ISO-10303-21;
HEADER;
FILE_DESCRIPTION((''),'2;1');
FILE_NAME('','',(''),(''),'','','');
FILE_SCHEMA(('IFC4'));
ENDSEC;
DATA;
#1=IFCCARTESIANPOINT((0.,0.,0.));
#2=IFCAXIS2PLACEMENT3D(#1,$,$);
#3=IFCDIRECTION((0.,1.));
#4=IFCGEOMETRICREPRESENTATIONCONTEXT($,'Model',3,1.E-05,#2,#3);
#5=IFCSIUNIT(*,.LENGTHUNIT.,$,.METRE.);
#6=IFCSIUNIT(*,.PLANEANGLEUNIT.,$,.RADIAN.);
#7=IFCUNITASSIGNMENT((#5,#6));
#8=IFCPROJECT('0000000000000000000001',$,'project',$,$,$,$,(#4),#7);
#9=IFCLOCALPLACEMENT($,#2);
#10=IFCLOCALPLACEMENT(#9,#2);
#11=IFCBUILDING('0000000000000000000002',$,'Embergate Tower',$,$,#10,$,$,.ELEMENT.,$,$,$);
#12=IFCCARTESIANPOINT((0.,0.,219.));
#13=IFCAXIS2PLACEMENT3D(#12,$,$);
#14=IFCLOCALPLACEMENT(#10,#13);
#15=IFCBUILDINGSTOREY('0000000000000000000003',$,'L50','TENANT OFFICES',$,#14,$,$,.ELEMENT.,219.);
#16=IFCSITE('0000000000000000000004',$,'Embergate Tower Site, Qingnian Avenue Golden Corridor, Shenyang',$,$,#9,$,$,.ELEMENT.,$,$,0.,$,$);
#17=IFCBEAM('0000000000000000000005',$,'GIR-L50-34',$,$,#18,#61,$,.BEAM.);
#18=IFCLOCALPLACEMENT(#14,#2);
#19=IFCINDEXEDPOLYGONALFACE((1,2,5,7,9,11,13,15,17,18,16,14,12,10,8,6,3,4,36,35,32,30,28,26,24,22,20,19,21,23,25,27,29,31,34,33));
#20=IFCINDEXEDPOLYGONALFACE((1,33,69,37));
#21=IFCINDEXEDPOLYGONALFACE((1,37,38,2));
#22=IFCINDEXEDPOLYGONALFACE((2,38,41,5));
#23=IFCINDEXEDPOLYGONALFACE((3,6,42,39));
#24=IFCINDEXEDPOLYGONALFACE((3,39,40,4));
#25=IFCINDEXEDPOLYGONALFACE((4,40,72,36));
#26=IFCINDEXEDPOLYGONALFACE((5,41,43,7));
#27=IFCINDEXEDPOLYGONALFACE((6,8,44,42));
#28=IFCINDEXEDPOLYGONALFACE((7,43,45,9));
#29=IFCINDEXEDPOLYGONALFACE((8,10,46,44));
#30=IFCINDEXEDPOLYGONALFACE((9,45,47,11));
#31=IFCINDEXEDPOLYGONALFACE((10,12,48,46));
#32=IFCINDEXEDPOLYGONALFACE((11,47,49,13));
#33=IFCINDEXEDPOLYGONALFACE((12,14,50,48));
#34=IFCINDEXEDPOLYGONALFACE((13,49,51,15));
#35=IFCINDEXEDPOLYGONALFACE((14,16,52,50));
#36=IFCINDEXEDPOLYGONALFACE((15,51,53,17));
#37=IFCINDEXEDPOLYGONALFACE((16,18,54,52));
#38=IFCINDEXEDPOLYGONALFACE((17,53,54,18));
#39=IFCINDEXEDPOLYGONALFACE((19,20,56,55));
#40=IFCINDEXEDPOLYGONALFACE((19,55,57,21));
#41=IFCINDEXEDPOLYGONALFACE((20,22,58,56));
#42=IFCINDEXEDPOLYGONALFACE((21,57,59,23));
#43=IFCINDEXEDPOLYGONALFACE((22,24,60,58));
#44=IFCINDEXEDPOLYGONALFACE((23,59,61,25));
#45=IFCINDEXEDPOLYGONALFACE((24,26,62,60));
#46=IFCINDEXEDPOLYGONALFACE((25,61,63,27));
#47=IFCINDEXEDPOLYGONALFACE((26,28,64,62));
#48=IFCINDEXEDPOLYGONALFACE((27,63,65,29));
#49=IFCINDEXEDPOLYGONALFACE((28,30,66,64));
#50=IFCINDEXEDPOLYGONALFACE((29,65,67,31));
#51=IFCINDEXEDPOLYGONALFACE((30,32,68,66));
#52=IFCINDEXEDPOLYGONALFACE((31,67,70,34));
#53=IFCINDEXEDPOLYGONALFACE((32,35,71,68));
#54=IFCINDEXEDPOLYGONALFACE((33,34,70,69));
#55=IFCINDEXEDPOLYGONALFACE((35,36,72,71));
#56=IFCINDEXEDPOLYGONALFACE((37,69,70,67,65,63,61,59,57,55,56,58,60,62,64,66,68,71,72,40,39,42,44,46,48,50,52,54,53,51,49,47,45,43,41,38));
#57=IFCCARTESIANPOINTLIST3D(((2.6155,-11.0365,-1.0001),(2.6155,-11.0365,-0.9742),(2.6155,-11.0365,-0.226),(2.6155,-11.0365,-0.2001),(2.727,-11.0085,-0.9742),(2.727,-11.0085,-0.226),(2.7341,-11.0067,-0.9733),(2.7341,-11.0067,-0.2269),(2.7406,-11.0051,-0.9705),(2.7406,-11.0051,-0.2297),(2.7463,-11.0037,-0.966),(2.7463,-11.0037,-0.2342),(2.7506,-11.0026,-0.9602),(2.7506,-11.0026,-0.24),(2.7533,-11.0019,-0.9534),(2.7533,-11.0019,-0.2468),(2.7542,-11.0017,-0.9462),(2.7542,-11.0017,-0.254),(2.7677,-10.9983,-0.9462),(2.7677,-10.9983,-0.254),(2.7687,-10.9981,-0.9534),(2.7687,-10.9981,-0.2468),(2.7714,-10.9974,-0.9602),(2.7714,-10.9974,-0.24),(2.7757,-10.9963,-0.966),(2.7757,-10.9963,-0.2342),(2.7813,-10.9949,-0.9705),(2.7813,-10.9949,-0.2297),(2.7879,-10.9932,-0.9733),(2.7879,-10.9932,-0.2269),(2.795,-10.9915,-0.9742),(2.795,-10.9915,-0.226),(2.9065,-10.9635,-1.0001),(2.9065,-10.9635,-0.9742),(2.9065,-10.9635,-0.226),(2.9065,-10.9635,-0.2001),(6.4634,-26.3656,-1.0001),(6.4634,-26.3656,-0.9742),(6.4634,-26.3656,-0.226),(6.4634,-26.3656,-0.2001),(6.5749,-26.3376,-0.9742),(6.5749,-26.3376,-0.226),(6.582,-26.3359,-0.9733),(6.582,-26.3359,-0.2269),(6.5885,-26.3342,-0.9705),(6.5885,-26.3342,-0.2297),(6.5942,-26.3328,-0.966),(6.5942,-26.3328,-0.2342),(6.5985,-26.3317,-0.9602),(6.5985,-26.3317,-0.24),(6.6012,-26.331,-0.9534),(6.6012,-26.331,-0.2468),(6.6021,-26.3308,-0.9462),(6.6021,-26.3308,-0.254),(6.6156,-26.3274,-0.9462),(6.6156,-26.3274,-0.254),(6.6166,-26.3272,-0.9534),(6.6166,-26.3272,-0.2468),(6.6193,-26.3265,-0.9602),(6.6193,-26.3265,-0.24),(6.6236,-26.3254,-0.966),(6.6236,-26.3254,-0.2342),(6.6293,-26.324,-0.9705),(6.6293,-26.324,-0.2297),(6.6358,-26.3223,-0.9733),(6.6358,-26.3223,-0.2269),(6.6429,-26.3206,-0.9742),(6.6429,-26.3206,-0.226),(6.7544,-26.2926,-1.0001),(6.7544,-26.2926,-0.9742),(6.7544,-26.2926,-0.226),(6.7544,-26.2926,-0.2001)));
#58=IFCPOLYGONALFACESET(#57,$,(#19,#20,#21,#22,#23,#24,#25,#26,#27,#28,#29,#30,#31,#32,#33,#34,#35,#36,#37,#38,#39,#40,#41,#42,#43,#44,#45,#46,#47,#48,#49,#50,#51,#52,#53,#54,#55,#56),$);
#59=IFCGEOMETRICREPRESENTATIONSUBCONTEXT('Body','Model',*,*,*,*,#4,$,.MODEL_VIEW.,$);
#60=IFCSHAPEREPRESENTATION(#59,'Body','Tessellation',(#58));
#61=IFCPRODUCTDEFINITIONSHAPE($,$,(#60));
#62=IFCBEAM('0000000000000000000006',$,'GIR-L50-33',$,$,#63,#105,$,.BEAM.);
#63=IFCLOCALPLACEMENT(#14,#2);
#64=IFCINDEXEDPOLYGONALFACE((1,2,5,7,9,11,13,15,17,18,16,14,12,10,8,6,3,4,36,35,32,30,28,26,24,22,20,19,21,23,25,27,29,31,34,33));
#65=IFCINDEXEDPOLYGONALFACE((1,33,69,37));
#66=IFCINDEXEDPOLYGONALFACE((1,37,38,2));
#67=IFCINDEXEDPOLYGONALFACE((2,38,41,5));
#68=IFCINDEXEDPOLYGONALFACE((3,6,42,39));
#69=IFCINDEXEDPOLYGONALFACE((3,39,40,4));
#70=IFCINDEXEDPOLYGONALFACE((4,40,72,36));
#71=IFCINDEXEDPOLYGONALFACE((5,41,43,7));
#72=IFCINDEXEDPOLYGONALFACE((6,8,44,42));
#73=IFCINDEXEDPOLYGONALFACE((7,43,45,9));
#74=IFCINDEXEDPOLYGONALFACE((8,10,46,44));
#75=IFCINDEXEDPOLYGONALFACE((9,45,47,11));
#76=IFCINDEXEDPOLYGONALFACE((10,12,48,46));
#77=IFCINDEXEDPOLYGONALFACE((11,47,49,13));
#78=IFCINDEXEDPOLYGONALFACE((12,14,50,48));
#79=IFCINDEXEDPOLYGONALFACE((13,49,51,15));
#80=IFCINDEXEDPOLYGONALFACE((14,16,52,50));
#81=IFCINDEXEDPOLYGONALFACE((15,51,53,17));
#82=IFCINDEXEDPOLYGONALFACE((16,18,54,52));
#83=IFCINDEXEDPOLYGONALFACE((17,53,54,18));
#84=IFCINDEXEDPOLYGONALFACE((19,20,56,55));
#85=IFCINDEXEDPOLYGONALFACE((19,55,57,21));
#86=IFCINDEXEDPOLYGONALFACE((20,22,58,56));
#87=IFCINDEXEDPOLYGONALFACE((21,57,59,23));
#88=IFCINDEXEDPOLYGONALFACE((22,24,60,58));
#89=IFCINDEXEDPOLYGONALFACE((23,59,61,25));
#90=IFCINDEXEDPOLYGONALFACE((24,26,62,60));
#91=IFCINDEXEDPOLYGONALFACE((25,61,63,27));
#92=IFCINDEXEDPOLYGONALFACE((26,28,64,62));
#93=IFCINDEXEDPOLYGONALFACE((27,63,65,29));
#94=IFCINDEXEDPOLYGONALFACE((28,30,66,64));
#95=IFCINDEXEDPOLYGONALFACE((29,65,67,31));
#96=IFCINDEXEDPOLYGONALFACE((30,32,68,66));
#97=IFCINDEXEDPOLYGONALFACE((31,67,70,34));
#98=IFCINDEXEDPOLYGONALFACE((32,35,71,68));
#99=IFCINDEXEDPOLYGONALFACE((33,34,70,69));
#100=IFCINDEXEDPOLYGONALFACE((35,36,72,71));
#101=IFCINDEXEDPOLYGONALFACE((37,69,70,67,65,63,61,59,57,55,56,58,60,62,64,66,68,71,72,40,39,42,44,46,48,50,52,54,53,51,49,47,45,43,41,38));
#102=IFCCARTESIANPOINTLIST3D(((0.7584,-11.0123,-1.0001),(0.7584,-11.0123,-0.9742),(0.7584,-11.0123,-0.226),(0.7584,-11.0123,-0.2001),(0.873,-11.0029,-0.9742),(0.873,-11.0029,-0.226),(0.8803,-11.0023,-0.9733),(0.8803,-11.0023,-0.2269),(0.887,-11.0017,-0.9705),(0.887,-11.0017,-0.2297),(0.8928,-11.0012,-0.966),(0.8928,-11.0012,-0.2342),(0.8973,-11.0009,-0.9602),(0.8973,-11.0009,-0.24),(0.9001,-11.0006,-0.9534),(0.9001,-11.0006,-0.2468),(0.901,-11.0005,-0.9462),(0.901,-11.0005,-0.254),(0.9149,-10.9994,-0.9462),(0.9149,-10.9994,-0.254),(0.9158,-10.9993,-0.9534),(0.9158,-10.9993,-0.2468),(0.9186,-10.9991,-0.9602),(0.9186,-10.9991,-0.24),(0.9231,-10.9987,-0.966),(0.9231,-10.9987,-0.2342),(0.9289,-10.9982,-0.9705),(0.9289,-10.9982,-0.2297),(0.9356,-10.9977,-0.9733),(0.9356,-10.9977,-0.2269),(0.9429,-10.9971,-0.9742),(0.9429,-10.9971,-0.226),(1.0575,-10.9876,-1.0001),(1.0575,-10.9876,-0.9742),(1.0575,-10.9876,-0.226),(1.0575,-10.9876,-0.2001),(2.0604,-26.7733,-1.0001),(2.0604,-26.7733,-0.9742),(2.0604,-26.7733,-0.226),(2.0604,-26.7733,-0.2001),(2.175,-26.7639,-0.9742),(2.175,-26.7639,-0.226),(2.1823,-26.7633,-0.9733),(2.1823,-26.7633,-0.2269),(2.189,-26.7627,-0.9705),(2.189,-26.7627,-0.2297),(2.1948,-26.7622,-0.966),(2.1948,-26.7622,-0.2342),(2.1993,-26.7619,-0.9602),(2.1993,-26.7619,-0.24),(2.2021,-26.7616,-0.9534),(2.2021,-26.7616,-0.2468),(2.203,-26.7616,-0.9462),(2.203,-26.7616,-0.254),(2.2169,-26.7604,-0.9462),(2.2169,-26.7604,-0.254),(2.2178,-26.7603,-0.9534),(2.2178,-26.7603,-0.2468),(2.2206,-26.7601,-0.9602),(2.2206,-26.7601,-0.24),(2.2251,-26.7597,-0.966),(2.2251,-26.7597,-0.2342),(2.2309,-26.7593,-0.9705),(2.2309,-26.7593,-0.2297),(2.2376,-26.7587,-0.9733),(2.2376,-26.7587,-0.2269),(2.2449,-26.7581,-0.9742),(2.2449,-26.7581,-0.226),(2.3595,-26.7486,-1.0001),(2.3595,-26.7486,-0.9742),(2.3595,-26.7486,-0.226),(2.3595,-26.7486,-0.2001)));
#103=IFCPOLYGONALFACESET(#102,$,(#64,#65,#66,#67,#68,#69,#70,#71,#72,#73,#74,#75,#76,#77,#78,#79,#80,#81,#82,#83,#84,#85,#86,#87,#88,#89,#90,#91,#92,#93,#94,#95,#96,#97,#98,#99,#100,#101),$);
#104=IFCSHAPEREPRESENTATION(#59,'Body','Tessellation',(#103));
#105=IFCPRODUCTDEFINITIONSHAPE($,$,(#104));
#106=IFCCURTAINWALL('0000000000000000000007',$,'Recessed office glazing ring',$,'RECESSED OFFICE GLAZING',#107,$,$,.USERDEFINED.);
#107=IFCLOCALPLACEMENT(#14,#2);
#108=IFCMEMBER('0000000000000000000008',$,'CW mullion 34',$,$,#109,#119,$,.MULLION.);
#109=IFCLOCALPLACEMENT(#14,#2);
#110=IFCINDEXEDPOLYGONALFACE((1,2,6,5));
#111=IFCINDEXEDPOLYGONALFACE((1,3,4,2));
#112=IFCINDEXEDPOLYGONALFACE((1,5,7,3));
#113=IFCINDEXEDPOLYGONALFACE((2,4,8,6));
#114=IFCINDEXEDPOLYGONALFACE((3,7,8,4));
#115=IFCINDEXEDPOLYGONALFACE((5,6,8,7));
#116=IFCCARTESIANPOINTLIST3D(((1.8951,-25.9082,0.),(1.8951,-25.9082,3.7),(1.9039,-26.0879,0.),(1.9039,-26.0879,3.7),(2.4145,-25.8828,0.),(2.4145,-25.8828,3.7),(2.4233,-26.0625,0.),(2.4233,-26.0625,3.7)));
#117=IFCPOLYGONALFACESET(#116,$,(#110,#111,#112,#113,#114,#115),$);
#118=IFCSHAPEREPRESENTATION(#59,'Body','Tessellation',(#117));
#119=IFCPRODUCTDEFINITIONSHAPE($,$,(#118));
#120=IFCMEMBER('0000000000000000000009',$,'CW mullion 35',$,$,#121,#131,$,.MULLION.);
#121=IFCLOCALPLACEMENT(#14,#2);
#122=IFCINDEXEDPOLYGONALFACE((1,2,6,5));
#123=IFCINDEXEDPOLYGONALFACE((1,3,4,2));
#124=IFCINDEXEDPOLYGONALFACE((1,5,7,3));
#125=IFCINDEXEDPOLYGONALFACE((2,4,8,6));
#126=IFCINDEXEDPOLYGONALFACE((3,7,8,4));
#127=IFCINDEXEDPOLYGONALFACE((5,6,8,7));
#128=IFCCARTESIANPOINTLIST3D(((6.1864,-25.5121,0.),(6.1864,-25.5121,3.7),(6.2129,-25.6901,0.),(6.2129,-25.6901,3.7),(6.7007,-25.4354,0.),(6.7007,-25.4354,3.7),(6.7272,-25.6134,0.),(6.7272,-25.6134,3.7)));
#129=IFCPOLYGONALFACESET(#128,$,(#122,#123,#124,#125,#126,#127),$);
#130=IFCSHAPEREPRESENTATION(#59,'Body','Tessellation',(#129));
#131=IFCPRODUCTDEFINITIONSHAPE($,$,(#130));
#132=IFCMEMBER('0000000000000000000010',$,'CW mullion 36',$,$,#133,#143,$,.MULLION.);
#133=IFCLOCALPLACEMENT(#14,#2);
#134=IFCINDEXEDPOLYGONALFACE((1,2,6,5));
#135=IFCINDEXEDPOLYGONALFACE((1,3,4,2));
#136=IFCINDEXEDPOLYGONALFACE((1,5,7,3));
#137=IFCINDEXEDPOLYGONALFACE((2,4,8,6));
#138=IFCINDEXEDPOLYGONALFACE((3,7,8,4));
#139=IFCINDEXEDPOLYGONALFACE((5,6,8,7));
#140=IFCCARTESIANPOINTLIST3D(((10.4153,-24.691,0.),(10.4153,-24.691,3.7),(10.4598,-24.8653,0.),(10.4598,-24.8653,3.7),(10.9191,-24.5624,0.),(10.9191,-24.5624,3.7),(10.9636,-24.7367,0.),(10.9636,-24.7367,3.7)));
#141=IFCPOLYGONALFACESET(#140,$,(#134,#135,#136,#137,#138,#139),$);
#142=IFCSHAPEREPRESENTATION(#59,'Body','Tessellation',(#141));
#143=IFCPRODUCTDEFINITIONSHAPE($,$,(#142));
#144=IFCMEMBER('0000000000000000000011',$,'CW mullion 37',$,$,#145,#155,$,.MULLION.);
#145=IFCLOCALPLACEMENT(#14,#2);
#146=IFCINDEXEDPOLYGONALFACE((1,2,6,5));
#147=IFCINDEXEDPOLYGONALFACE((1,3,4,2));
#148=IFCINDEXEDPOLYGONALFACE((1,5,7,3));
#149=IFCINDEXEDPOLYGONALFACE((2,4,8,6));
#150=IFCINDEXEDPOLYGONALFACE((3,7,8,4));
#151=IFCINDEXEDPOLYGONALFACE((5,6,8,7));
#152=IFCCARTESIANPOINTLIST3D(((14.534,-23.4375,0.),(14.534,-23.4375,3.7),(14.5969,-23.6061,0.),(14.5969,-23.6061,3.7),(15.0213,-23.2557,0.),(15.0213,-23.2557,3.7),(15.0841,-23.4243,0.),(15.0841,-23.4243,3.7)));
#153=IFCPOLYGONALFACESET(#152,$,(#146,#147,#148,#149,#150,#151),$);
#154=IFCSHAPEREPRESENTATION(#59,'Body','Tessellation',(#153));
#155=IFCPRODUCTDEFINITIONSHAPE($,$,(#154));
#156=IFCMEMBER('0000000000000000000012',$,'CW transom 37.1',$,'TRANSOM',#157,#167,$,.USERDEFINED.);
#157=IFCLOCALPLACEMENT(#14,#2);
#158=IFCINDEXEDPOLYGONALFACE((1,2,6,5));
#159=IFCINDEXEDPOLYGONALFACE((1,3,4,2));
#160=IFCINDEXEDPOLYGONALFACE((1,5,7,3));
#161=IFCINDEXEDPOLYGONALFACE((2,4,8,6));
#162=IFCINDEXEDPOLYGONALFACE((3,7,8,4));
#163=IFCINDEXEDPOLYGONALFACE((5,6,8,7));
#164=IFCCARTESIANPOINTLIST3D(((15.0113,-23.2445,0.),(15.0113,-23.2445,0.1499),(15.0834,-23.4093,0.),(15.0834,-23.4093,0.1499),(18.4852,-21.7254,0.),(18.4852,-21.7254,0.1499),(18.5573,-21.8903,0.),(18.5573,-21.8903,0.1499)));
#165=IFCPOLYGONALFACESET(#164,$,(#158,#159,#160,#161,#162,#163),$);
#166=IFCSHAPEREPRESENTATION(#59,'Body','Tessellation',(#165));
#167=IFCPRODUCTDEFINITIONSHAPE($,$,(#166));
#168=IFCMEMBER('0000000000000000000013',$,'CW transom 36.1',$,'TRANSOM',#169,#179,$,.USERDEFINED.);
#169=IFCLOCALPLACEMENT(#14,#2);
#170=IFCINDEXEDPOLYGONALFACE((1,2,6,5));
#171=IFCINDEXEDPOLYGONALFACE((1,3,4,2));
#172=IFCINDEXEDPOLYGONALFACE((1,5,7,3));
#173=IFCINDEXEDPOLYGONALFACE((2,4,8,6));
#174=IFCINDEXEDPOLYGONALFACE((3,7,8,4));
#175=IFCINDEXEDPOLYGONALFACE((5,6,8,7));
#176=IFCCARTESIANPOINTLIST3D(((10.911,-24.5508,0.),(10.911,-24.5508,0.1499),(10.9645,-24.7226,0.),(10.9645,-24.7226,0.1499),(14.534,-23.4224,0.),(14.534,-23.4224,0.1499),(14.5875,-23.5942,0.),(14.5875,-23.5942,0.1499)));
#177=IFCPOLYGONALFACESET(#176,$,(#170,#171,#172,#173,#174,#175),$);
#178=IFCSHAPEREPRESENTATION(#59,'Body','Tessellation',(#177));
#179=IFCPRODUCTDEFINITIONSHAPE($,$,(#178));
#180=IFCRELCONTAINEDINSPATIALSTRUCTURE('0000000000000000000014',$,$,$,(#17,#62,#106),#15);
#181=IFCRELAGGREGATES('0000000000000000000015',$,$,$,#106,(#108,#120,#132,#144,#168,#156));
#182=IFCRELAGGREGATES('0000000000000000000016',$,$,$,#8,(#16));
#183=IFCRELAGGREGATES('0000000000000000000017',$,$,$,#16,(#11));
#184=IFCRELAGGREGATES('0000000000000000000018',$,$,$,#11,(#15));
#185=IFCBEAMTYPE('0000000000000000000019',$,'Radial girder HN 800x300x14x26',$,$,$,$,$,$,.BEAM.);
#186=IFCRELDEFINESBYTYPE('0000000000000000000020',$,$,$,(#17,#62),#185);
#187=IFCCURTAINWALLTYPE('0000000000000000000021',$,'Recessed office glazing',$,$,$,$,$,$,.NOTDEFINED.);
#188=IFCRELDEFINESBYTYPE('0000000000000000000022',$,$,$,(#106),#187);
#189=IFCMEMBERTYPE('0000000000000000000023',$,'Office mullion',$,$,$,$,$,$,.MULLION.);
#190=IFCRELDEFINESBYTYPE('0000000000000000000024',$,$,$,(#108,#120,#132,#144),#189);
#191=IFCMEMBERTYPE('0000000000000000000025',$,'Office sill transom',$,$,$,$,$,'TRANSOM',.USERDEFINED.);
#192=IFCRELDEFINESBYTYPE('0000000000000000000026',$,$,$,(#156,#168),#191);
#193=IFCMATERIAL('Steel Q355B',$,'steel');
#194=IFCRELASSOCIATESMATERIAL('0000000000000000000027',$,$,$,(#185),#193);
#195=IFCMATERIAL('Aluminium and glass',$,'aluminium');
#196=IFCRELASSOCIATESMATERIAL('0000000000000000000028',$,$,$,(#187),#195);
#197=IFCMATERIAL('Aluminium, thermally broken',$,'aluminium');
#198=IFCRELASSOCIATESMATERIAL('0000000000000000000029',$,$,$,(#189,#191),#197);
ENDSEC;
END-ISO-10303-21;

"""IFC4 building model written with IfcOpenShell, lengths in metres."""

from ifc_helpers import new_model, si_unit, direction, frame, origin, origin_2d, place, context, subcontext, project, spatial, rectangle, i_section, extrude, source, transform, mapped, material, material_profile, profile_set, type_object, element, aggregate, save


model = new_model("IFC4")

# Units and contexts
model_context = context("Model", 3, precision=1e-05, world=origin(), true_north=direction((0.0, 1.0)))
body_context = subcontext(model_context, "Body", "Model", "MODEL_VIEW")
ifc_project = project(units=[si_unit("LENGTHUNIT", "METRE"), si_unit("PLANEANGLEUNIT", "RADIAN")], contexts=[model_context])

# Site, building, storey
site_placement = place(None, origin())
site = spatial("IfcSite", under=ifc_project, at=site_placement, Name="Embergate Tower Site, Qingnian Avenue Golden Corridor, Shenyang", CompositionType="ELEMENT", RefElevation=0.0)
building_placement = place(site_placement, origin())
building = spatial("IfcBuilding", under=site, at=building_placement, Name="Embergate Tower", CompositionType="ELEMENT")
storey_placement = place(building_placement, frame((0.0, 0.0, 219.0)))
storey = spatial("IfcBuildingStorey", under=building, at=storey_placement, Name="L50", Description="TENANT OFFICES", CompositionType="ELEMENT", Elevation=219.0)

# Beams
ifc_material_1 = material(Name="Steel Q355B", Category="steel")
ifc_material_profile_1 = material_profile(ifc_material_1, i_section(OverallWidth=0.3, OverallDepth=0.8, WebThickness=0.0139, FlangeThickness=0.0259, FilletRadius=0.0281, at=origin_2d()), Name="HN 800x300x14x26")
ifc_profile_set_1 = profile_set([ifc_material_profile_1], Name="Steel Q355 grade B")
beam_type_1 = type_object("IfcBeamType", Name="Radial girder HN 800x300x14x26", PredefinedType="BEAM", material=ifc_profile_set_1)
shared_shape_1 = source(origin(), body_context, "Body", "SweptSolid", [
    extrude(i_section(OverallWidth=0.3, OverallDepth=0.8, WebThickness=0.0139, FlangeThickness=0.0259, FilletRadius=0.0281, at=origin_2d()), origin(), (0.0, 0.0, 1.0), 15.8047),
])
beam_1_placement = place(storey_placement, frame((6.6089, -26.3291, -0.6001), z_axis=(-0.243466, 0.969909, 0.0), x_axis=(-0.969909, -0.243466, 0.0)))
element("IfcBeam", 1, at=beam_1_placement, inside=storey, type_object=beam_type_1, Name="GIR-L50-34", PredefinedType="BEAM", context=body_context, shape_type="MappedRepresentation", body=[
    mapped(shared_shape_1, transform((0.0, 0.0, 0.0))),
])
shared_shape_2 = source(origin(), body_context, "Body", "SweptSolid", [
    extrude(i_section(OverallWidth=0.3, OverallDepth=0.8, WebThickness=0.0139, FlangeThickness=0.0259, FilletRadius=0.0281, at=origin_2d()), origin(), (0.0, 0.0, 1.0), 15.8147),
])
beam_2_placement = place(storey_placement, frame((2.21, -26.761, -0.6001), z_axis=(-0.082329, 0.996605, 0.0), x_axis=(-0.996605, -0.082329, 0.0)))
element("IfcBeam", 2, at=beam_2_placement, inside=storey, type_object=beam_type_1, Name="GIR-L50-33", PredefinedType="BEAM", context=body_context, shape_type="MappedRepresentation", body=[
    mapped(shared_shape_2, transform((0.0, 0.0, 0.0))),
])

# Curtain wall, members
ifc_material_2 = material(Name="Aluminium and glass", Category="aluminium")
curtain_wall_type = type_object("IfcCurtainWallType", Name="Recessed office glazing", PredefinedType="NOTDEFINED", material=ifc_material_2)
curtain_wall_placement = place(storey_placement, origin())
curtain_wall = element("IfcCurtainWall", 3, at=curtain_wall_placement, inside=storey, type_object=curtain_wall_type, Name="Recessed office glazing ring", ObjectType="RECESSED OFFICE GLAZING", PredefinedType="USERDEFINED")
ifc_material_3 = material(Name="Aluminium, thermally broken", Category="aluminium")
ifc_material_profile_2 = material_profile(ifc_material_3, rectangle(XDim=0.1799, YDim=0.52, at=origin_2d()), Name="AL 520x180")
ifc_profile_set_2 = profile_set([ifc_material_profile_2], Name="Aluminium, thermally broken")
member_type_1 = type_object("IfcMemberType", Name="Office mullion", PredefinedType="MULLION", material=ifc_profile_set_2)
shared_shape_3 = source(origin(), body_context, "Body", "SweptSolid", [
    extrude(rectangle(XDim=0.1799, YDim=0.52, at=origin_2d()), origin(), (0.0, 0.0, 1.0), 3.7),
])
member_1_placement = place(storey_placement, frame((2.1592, -25.9854, 0.0), z_axis=(0.0, 0.0, 1.0), x_axis=(-0.048972, 0.9988, 0.0)))
member_1 = element("IfcMember", 4, at=member_1_placement, type_object=member_type_1, Name="CW mullion 34", PredefinedType="MULLION", context=body_context, shape_type="MappedRepresentation", body=[
    mapped(shared_shape_3, transform((0.0, 0.0, 0.0))),
])
member_2_placement = place(storey_placement, frame((6.4568, -25.5627, 0.0), z_axis=(0.0, 0.0, 1.0), x_axis=(-0.147414, 0.989075, 0.0)))
member_2 = element("IfcMember", 5, at=member_2_placement, type_object=member_type_1, Name="CW mullion 35", PredefinedType="MULLION", context=body_context, shape_type="MappedRepresentation", body=[
    mapped(shared_shape_3, transform((0.0, 0.0, 0.0))),
])
member_3_placement = place(storey_placement, frame((10.6895, -24.7139, 0.0), z_axis=(0.0, 0.0, 1.0), x_axis=(-0.247314, 0.968935, 0.0)))
member_3 = element("IfcMember", 6, at=member_3_placement, type_object=member_type_1, Name="CW mullion 36", PredefinedType="MULLION", context=body_context, shape_type="MappedRepresentation", body=[
    mapped(shared_shape_3, transform((0.0, 0.0, 0.0))),
])
member_4_placement = place(storey_placement, frame((14.8091, -23.4309, 0.0), z_axis=(0.0, 0.0, 1.0), x_axis=(-0.349504, 0.936935, 0.0)))
member_4 = element("IfcMember", 7, at=member_4_placement, type_object=member_type_1, Name="CW mullion 37", PredefinedType="MULLION", context=body_context, shape_type="MappedRepresentation", body=[
    mapped(shared_shape_3, transform((0.0, 0.0, 0.0))),
])
ifc_material_profile_3 = material_profile(ifc_material_3, rectangle(XDim=0.1799, YDim=0.1499, at=origin_2d()), Name="AL 150x180")
ifc_profile_set_3 = profile_set([ifc_material_profile_3], Name="Aluminium, thermally broken")
member_type_2 = type_object("IfcMemberType", Name="Office sill transom", ElementType="TRANSOM", PredefinedType="USERDEFINED", material=ifc_profile_set_3)
shared_shape_4 = source(origin(), body_context, "Body", "SweptSolid", [
    extrude(rectangle(XDim=0.1799, YDim=0.1499, at=origin_2d()), origin(), (0.0, 0.0, 1.0), 3.7915),
])
member_5_placement = place(storey_placement, frame((15.0474, -23.3269, 0.075), z_axis=(0.916233, 0.400647, 0.0), x_axis=(-0.400647, 0.916233, 0.0)))
member_5 = element("IfcMember", 8, at=member_5_placement, type_object=member_type_2, Name="CW transom 37.1", ObjectType="TRANSOM", PredefinedType="USERDEFINED", context=body_context, shape_type="MappedRepresentation", body=[
    mapped(shared_shape_4, transform((0.0, 0.0, 0.0))),
])
shared_shape_5 = source(origin(), body_context, "Body", "SweptSolid", [
    extrude(rectangle(XDim=0.1799, YDim=0.1499, at=origin_2d()), origin(), (0.0, 0.0, 1.0), 3.7947),
])
member_6_placement = place(storey_placement, frame((10.9377, -24.6367, 0.075), z_axis=(0.954763, 0.297366, 0.0), x_axis=(-0.297366, 0.954763, 0.0)))
member_6 = element("IfcMember", 9, at=member_6_placement, type_object=member_type_2, Name="CW transom 36.1", ObjectType="TRANSOM", PredefinedType="USERDEFINED", context=body_context, shape_type="MappedRepresentation", body=[
    mapped(shared_shape_5, transform((0.0, 0.0, 0.0))),
])
aggregate(curtain_wall, [member_1, member_2, member_3, member_4, member_6, member_5])

save(model, "model.ifc")
